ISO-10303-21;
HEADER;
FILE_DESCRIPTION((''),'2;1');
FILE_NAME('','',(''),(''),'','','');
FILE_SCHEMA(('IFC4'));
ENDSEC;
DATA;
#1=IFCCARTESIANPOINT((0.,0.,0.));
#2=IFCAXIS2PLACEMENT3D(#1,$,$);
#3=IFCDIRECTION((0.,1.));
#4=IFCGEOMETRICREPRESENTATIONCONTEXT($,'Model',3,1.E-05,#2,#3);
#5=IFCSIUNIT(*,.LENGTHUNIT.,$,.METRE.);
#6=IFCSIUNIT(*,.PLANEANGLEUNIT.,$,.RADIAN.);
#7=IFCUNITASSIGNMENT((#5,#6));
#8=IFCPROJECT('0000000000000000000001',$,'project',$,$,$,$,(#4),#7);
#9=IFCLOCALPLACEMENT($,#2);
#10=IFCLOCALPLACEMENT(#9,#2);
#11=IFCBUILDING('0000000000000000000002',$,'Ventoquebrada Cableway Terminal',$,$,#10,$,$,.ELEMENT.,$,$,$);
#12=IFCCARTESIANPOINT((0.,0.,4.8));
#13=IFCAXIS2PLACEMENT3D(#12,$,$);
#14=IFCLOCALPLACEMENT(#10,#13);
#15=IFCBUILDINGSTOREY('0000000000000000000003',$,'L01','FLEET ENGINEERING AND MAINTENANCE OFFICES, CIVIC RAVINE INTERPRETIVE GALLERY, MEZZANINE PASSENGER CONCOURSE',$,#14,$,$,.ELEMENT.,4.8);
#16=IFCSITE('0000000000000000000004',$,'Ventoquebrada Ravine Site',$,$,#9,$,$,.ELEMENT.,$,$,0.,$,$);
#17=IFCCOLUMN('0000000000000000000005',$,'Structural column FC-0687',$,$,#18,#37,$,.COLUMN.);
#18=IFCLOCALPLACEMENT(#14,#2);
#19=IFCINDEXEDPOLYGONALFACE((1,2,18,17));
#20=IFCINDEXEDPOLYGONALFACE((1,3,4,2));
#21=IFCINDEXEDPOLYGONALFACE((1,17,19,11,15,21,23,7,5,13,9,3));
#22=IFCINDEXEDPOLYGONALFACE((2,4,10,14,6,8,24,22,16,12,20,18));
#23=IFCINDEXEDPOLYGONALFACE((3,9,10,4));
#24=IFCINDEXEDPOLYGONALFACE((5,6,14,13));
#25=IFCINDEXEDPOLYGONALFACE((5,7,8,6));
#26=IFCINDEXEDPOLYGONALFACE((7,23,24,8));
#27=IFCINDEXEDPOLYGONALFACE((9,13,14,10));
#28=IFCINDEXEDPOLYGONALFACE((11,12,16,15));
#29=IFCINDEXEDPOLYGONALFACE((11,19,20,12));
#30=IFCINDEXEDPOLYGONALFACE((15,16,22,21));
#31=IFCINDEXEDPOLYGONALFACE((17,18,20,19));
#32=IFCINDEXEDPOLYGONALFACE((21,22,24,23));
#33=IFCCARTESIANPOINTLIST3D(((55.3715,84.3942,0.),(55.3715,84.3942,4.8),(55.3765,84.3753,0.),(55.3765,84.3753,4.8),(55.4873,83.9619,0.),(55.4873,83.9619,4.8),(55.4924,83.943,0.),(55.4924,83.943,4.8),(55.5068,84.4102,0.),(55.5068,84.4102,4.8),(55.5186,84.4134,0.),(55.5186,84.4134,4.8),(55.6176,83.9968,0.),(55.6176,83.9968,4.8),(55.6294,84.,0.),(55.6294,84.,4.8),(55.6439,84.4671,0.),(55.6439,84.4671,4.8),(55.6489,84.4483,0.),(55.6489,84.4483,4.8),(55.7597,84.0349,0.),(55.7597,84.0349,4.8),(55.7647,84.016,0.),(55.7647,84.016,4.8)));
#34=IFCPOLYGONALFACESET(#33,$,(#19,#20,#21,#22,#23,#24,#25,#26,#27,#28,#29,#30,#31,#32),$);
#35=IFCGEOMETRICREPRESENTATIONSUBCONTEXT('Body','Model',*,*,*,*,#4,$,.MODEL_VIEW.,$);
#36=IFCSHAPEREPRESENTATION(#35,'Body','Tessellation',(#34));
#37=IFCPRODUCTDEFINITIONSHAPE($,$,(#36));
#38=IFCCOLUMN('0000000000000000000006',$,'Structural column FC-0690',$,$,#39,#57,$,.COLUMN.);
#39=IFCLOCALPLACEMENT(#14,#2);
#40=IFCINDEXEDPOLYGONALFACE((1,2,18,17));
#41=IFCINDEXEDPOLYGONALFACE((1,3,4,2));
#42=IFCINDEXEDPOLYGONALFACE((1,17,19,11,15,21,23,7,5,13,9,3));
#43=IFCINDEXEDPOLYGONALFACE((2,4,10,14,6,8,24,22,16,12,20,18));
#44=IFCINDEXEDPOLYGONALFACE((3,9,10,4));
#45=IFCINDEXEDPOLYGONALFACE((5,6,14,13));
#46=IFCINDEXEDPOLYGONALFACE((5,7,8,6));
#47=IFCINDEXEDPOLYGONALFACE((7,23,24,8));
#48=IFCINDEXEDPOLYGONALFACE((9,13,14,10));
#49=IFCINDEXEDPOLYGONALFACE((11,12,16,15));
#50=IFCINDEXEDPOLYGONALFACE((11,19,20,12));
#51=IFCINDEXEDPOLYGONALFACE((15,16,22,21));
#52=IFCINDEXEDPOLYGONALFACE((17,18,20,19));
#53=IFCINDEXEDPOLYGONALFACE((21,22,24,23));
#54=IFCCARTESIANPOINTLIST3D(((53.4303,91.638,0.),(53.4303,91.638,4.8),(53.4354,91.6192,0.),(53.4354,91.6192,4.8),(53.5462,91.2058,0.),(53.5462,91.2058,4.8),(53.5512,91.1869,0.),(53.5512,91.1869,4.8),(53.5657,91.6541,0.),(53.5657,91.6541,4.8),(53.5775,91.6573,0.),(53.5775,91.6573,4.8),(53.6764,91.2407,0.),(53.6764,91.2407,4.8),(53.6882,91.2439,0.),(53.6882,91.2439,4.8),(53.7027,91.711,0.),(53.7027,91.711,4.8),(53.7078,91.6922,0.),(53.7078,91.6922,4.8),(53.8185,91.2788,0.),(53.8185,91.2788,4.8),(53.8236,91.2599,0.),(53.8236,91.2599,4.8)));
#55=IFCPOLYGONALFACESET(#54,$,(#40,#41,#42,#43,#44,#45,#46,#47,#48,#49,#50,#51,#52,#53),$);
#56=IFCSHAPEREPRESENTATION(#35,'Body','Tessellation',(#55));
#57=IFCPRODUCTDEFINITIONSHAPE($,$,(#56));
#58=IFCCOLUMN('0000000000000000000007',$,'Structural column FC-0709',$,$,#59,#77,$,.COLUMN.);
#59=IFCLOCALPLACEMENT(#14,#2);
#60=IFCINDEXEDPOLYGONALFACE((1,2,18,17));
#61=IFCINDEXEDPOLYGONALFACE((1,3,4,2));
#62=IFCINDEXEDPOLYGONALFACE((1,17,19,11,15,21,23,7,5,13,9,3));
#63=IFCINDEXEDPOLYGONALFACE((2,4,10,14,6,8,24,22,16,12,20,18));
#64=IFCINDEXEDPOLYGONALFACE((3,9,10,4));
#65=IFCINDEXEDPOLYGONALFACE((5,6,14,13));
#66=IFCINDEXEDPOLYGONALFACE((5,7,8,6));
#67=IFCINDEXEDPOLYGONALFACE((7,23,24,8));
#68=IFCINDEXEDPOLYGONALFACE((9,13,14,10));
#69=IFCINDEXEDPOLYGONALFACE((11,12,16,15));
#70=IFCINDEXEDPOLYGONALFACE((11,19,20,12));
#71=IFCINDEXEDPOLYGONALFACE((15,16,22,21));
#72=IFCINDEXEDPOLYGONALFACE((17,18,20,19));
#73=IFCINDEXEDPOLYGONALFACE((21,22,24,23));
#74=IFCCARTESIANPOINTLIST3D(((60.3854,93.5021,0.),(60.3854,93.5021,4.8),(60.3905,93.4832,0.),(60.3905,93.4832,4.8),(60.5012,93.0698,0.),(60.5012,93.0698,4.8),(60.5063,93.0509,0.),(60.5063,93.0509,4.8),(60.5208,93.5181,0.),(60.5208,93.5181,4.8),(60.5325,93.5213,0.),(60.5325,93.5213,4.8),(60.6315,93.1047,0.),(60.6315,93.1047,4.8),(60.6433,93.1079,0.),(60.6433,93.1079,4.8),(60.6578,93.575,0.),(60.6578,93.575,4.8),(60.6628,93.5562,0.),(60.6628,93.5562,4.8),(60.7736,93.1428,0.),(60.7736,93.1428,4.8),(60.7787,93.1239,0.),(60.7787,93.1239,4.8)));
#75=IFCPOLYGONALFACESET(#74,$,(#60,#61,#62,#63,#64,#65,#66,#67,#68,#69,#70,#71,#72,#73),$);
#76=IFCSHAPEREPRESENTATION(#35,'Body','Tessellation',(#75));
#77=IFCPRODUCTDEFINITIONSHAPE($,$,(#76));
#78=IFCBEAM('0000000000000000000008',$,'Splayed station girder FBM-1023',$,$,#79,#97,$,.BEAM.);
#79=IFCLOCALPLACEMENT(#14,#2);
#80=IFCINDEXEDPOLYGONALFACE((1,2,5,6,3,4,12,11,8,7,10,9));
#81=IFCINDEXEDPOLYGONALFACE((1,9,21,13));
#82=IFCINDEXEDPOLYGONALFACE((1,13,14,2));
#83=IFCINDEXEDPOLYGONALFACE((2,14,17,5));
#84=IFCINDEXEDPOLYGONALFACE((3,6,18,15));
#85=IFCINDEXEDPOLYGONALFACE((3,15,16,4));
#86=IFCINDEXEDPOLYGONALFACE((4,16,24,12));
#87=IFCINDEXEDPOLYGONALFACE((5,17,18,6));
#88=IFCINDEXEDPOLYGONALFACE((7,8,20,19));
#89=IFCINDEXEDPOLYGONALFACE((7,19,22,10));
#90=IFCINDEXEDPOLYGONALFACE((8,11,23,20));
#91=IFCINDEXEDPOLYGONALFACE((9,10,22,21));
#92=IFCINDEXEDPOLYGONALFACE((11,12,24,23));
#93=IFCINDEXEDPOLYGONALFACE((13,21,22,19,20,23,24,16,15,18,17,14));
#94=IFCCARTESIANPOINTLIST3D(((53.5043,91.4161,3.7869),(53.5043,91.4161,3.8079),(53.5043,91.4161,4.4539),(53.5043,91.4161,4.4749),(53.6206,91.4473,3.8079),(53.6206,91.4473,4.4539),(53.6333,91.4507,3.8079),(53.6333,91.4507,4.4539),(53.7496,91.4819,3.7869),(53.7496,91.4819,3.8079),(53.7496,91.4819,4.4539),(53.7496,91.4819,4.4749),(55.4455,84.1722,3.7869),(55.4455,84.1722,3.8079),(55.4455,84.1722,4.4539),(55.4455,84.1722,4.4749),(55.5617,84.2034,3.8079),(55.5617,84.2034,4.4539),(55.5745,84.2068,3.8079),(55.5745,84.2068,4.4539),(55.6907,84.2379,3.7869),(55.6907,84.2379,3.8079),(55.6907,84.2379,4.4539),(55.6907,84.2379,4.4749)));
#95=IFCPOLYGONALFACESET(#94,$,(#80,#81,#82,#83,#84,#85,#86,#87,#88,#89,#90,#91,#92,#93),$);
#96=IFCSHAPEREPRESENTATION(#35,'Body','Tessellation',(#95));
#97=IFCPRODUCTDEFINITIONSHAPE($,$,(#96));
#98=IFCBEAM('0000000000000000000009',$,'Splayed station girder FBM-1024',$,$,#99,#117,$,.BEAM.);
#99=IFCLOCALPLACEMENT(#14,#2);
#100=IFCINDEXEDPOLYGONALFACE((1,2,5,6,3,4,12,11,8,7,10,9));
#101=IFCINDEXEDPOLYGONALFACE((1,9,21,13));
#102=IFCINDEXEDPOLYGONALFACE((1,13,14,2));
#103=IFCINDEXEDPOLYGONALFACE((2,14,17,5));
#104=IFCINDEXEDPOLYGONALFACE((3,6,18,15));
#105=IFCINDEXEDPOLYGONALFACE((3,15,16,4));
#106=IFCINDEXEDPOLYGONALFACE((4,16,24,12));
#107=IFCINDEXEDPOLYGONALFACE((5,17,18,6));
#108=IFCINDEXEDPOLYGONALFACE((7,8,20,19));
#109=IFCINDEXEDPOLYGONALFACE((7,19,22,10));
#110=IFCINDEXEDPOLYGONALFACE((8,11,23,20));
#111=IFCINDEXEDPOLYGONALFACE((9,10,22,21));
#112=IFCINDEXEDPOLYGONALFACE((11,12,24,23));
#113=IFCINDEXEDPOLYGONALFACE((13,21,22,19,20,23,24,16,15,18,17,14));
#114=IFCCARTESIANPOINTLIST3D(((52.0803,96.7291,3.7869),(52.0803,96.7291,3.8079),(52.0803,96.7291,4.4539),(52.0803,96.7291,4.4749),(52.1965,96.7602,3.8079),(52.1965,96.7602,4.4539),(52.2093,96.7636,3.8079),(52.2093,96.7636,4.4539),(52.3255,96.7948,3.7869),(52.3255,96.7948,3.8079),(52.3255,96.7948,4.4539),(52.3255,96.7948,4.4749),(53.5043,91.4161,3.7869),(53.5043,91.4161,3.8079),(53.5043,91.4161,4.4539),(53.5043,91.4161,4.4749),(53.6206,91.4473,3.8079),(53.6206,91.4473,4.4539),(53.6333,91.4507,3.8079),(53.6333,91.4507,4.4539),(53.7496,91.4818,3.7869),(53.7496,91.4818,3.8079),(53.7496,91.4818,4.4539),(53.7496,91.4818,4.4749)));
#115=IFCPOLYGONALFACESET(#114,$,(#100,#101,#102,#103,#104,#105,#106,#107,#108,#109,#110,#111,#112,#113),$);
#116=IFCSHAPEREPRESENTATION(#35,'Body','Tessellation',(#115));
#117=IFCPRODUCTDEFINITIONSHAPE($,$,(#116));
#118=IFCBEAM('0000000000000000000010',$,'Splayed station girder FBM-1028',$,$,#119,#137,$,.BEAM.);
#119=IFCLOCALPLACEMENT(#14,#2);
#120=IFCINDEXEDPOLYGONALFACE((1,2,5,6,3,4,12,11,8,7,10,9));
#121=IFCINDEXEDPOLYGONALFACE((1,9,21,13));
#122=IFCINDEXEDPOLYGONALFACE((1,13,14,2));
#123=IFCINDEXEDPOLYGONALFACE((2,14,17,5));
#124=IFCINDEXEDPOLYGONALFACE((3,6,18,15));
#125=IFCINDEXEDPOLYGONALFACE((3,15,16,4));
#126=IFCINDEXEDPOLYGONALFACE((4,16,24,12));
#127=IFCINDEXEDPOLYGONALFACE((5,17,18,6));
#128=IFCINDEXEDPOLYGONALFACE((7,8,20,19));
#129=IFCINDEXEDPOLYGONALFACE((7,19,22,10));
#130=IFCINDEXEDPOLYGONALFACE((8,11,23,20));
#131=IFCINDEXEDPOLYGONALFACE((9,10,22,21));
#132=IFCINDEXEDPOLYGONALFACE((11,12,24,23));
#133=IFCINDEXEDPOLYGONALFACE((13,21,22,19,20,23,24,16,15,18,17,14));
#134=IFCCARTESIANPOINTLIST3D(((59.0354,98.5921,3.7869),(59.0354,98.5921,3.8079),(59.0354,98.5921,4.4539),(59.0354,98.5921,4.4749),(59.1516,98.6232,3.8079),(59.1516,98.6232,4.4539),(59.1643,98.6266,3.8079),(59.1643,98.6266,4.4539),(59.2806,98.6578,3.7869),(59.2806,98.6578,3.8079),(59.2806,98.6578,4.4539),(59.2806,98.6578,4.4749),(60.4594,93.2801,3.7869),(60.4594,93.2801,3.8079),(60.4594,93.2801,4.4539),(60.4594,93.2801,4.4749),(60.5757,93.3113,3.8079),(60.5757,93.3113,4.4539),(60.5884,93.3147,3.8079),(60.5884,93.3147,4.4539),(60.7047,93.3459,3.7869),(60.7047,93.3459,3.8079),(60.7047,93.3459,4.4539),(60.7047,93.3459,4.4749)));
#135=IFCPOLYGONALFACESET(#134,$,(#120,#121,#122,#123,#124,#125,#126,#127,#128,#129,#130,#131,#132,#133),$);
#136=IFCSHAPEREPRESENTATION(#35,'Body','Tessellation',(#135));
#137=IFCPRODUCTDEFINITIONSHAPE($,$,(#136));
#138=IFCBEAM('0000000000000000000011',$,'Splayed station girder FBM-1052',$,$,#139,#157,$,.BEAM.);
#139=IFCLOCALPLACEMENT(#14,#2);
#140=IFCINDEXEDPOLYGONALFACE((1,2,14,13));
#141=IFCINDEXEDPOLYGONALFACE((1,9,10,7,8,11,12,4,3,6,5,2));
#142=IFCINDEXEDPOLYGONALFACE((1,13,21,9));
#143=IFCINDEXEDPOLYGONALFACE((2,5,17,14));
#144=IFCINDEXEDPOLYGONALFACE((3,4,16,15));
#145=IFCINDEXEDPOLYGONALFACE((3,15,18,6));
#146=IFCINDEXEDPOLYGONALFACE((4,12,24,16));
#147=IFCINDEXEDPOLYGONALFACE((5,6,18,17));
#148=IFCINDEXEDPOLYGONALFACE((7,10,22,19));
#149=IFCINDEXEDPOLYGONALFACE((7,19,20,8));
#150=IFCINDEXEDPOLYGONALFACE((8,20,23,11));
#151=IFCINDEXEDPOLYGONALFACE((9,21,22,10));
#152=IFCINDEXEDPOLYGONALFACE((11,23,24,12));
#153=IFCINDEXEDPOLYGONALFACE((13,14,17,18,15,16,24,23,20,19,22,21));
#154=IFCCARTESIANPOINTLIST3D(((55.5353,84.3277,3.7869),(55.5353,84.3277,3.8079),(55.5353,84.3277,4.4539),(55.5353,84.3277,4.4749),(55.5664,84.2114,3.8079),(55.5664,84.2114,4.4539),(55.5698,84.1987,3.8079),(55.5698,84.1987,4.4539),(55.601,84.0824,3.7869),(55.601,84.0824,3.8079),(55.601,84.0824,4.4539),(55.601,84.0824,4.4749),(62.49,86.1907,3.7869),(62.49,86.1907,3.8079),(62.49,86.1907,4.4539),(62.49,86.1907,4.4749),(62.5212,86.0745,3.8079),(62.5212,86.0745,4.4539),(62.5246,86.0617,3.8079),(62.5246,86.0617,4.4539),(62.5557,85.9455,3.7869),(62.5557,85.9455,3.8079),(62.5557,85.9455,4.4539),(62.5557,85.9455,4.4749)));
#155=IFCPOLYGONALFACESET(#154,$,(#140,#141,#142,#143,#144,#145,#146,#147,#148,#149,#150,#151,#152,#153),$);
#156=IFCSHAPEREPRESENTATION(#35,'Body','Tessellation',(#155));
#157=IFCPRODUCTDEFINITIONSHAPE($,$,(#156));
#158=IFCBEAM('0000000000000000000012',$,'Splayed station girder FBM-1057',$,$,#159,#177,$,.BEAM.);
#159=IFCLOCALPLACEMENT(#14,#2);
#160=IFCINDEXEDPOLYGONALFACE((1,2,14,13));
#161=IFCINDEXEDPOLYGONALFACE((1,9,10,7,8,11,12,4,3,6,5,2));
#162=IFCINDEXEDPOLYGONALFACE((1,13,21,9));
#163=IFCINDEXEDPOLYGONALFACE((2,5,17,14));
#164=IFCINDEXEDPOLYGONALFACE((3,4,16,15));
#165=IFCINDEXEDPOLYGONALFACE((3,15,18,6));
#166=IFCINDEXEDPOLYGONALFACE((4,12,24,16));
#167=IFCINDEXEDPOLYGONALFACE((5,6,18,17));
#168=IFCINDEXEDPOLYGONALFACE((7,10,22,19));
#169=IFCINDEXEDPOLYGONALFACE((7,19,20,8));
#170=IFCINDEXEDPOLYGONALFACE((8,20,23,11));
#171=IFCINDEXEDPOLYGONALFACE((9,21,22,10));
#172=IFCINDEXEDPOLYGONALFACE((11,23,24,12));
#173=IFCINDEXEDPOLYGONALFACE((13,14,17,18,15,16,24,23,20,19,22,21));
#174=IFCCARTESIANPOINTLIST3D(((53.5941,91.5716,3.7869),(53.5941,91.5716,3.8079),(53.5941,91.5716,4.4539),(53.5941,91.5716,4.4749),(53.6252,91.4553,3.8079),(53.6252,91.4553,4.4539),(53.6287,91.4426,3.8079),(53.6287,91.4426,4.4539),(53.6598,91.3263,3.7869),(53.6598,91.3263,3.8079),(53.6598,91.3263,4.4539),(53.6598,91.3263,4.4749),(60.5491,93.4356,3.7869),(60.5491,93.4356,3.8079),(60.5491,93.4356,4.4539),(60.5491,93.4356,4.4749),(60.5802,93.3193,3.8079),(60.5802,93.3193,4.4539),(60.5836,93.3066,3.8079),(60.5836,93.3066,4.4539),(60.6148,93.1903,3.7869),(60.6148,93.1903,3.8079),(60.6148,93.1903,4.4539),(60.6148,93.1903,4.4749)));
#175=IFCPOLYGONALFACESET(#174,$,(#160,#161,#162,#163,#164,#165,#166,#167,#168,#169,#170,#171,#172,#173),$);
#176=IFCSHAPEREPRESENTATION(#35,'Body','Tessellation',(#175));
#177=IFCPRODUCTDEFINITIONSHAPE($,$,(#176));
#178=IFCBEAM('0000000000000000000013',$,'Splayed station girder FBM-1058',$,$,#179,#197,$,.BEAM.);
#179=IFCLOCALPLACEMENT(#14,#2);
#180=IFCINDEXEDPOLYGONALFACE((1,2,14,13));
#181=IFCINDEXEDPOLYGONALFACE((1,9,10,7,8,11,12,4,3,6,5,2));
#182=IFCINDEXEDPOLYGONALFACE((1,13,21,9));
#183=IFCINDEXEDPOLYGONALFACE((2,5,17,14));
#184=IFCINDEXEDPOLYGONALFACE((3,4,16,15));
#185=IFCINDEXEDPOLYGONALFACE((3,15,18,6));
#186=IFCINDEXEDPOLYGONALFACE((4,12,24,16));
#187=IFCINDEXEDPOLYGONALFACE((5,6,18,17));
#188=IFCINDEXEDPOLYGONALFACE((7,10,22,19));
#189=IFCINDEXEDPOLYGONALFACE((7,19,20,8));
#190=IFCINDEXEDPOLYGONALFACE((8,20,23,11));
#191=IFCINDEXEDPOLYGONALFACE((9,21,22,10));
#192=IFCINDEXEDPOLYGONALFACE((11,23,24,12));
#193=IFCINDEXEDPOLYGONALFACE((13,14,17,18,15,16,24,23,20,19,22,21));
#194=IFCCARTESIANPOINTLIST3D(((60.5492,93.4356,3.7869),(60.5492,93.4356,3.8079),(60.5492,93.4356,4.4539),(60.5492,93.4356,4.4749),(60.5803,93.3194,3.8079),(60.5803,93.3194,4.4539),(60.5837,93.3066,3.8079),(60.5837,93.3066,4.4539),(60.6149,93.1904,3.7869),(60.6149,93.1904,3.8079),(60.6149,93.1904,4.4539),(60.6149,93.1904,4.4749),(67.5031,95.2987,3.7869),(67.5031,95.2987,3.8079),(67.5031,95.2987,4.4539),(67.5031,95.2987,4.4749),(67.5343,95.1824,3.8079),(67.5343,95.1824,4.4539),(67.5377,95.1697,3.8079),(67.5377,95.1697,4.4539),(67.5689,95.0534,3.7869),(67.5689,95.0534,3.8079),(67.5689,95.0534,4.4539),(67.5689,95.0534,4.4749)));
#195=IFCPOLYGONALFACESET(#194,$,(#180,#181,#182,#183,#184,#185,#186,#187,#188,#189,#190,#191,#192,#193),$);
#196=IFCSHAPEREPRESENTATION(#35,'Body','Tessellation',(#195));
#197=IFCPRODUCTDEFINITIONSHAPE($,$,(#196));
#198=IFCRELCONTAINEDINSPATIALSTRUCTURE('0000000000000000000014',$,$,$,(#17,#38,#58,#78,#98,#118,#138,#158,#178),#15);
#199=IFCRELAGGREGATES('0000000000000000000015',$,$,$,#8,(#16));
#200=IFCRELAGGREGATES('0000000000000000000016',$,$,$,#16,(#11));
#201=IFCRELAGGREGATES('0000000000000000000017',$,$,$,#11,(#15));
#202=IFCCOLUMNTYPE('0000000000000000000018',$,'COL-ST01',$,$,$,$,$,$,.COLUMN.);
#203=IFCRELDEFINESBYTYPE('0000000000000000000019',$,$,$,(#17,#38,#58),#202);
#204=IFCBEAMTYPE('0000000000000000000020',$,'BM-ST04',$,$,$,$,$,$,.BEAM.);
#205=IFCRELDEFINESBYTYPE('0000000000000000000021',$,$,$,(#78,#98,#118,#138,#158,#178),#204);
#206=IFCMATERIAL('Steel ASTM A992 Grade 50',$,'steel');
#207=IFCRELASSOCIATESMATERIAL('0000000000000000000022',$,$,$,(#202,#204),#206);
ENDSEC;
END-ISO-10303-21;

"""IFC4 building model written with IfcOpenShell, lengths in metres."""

from ifc_helpers import new_model, si_unit, direction, frame, origin, origin_2d, place, context, subcontext, project, spatial, i_section, extrude, material, material_profile, profile_set, type_object, element, save


model = new_model("IFC4")

# Units and contexts
model_context = context("Model", 3, precision=1e-05, world=origin(), true_north=direction((0.0, 1.0)))
body_context = subcontext(model_context, "Body", "Model", "MODEL_VIEW")
ifc_project = project(units=[si_unit("LENGTHUNIT", "METRE"), si_unit("PLANEANGLEUNIT", "RADIAN")], contexts=[model_context])

# Site, building, storey
site_placement = place(None, origin())
site = spatial("IfcSite", under=ifc_project, at=site_placement, Name="Ventoquebrada Ravine Site", CompositionType="ELEMENT", RefElevation=0.0)
building_placement = place(site_placement, origin())
building = spatial("IfcBuilding", under=site, at=building_placement, Name="Ventoquebrada Cableway Terminal", CompositionType="ELEMENT")
storey_placement = place(building_placement, frame((0.0, 0.0, 4.8)))
storey = spatial("IfcBuildingStorey", under=building, at=storey_placement, Name="L01", Description="FLEET ENGINEERING AND MAINTENANCE OFFICES, CIVIC RAVINE INTERPRETIVE GALLERY, MEZZANINE PASSENGER CONCOURSE", CompositionType="ELEMENT", Elevation=4.8)

# Columns
ifc_material_1 = material(Name="Steel ASTM A992 Grade 50", Category="steel")
ifc_material_profile_1 = material_profile(ifc_material_1, i_section(OverallWidth=0.282, OverallDepth=0.467, WebThickness=0.0122, FlangeThickness=0.0195, at=origin_2d()), Name="W18X86")
ifc_profile_set_1 = profile_set([ifc_material_profile_1], Name="Steel ASTM A992 Grade 50")
column_type = type_object("IfcColumnType", Name="COL-ST01", PredefinedType="COLUMN", material=ifc_profile_set_1)
for number, where, z_axis, x_axis, name in (
    (1, (55.5681, 84.2051, 0.0), (0.0, 0.0, 1.0), (0.965926, 0.258819, 0.0), "Structural column FC-0687"),
    (2, (53.627, 91.449, 0.0), (0.0, 0.0, 1.0), (0.965926, 0.258819, 0.0), "Structural column FC-0690"),
    (3, (60.582, 93.313, 0.0), (0.0, 0.0, 1.0), (0.965926, 0.258819, 0.0), "Structural column FC-0709"),
):
    element("IfcColumn", number, at=place(storey_placement, frame(where, z_axis=z_axis, x_axis=x_axis)), inside=storey, type_object=column_type, Name=name, PredefinedType="COLUMN", context=body_context, shape_type="SweptSolid", body=[
        extrude(i_section(OverallWidth=0.282, OverallDepth=0.467, WebThickness=0.0122, FlangeThickness=0.0195, at=origin_2d()), origin(), (0.0, 0.0, 1.0), 4.8),
    ])

# Beams
ifc_material_profile_2 = material_profile(ifc_material_1, i_section(OverallWidth=0.2539, OverallDepth=0.688, WebThickness=0.0132, FlangeThickness=0.021, at=origin_2d()), Name="W27X102")
ifc_profile_set_2 = profile_set([ifc_material_profile_2], Name="Steel ASTM A992 Grade 50")
beam_type_1 = type_object("IfcBeamType", Name="BM-ST04", PredefinedType="BEAM", material=ifc_profile_set_2)
beam_1_placement = place(storey_placement, frame((55.5681, 84.2051, 4.1309), z_axis=(-0.25884, 0.96592, 0.0), x_axis=(-0.96592, -0.25884, 0.0)))
element("IfcBeam", 4, at=beam_1_placement, inside=storey, type_object=beam_type_1, Name="Splayed station girder FBM-1023", PredefinedType="BEAM", context=body_context, shape_type="SweptSolid", body=[
    extrude(i_section(OverallWidth=0.2539, OverallDepth=0.688, WebThickness=0.0132, FlangeThickness=0.021, at=origin_2d()), origin(), (0.0, 0.0, 1.0), 7.4995),
])
beam_2_placement = place(storey_placement, frame((53.627, 91.449, 4.1309), z_axis=(-0.258897, 0.965905, 0.0), x_axis=(-0.965905, -0.258897, 0.0)))
element("IfcBeam", 5, at=beam_2_placement, inside=storey, type_object=beam_type_1, Name="Splayed station girder FBM-1024", PredefinedType="BEAM", context=body_context, shape_type="SweptSolid", body=[
    extrude(i_section(OverallWidth=0.2539, OverallDepth=0.688, WebThickness=0.0132, FlangeThickness=0.021, at=origin_2d()), origin(), (0.0, 0.0, 1.0), 5.5005),
])
beam_3_placement = place(storey_placement, frame((60.582, 93.313, 4.1309), z_axis=(-0.258942, 0.965893, 0.0), x_axis=(-0.965893, -0.258942, 0.0)))
element("IfcBeam", 6, at=beam_3_placement, inside=storey, type_object=beam_type_1, Name="Splayed station girder FBM-1028", PredefinedType="BEAM", context=body_context, shape_type="SweptSolid", body=[
    extrude(i_section(OverallWidth=0.2539, OverallDepth=0.688, WebThickness=0.0132, FlangeThickness=0.021, at=origin_2d()), origin(), (0.0, 0.0, 1.0), 5.4995),
])
beam_4_placement = place(storey_placement, frame((55.5681, 84.2051, 4.1309), z_axis=(0.965943, 0.258754, 0.0), x_axis=(-0.258754, 0.965943, 0.0)))
element("IfcBeam", 7, at=beam_4_placement, inside=storey, type_object=beam_type_1, Name="Splayed station girder FBM-1052", PredefinedType="BEAM", context=body_context, shape_type="SweptSolid", body=[
    extrude(i_section(OverallWidth=0.2539, OverallDepth=0.688, WebThickness=0.0132, FlangeThickness=0.021, at=origin_2d()), origin(), (0.0, 0.0, 1.0), 7.2),
])
beam_5_placement = place(storey_placement, frame((53.627, 91.449, 4.1309), z_axis=(0.965912, 0.258872, 0.0), x_axis=(-0.258872, 0.965912, 0.0)))
element("IfcBeam", 8, at=beam_5_placement, inside=storey, type_object=beam_type_1, Name="Splayed station girder FBM-1057", PredefinedType="BEAM", context=body_context, shape_type="SweptSolid", body=[
    extrude(i_section(OverallWidth=0.2539, OverallDepth=0.688, WebThickness=0.0132, FlangeThickness=0.021, at=origin_2d()), origin(), (0.0, 0.0, 1.0), 7.2004),
])
beam_6_placement = place(storey_placement, frame((60.582, 93.313, 4.1309), z_axis=(0.965934, 0.258788, 0.0), x_axis=(-0.258788, 0.965934, 0.0)))
element("IfcBeam", 9, at=beam_6_placement, inside=storey, type_object=beam_type_1, Name="Splayed station girder FBM-1058", PredefinedType="BEAM", context=body_context, shape_type="SweptSolid", body=[
    extrude(i_section(OverallWidth=0.2539, OverallDepth=0.688, WebThickness=0.0132, FlangeThickness=0.021, at=origin_2d()), origin(), (0.0, 0.0, 1.0), 7.1992),
])

save(model, "model.ifc")
